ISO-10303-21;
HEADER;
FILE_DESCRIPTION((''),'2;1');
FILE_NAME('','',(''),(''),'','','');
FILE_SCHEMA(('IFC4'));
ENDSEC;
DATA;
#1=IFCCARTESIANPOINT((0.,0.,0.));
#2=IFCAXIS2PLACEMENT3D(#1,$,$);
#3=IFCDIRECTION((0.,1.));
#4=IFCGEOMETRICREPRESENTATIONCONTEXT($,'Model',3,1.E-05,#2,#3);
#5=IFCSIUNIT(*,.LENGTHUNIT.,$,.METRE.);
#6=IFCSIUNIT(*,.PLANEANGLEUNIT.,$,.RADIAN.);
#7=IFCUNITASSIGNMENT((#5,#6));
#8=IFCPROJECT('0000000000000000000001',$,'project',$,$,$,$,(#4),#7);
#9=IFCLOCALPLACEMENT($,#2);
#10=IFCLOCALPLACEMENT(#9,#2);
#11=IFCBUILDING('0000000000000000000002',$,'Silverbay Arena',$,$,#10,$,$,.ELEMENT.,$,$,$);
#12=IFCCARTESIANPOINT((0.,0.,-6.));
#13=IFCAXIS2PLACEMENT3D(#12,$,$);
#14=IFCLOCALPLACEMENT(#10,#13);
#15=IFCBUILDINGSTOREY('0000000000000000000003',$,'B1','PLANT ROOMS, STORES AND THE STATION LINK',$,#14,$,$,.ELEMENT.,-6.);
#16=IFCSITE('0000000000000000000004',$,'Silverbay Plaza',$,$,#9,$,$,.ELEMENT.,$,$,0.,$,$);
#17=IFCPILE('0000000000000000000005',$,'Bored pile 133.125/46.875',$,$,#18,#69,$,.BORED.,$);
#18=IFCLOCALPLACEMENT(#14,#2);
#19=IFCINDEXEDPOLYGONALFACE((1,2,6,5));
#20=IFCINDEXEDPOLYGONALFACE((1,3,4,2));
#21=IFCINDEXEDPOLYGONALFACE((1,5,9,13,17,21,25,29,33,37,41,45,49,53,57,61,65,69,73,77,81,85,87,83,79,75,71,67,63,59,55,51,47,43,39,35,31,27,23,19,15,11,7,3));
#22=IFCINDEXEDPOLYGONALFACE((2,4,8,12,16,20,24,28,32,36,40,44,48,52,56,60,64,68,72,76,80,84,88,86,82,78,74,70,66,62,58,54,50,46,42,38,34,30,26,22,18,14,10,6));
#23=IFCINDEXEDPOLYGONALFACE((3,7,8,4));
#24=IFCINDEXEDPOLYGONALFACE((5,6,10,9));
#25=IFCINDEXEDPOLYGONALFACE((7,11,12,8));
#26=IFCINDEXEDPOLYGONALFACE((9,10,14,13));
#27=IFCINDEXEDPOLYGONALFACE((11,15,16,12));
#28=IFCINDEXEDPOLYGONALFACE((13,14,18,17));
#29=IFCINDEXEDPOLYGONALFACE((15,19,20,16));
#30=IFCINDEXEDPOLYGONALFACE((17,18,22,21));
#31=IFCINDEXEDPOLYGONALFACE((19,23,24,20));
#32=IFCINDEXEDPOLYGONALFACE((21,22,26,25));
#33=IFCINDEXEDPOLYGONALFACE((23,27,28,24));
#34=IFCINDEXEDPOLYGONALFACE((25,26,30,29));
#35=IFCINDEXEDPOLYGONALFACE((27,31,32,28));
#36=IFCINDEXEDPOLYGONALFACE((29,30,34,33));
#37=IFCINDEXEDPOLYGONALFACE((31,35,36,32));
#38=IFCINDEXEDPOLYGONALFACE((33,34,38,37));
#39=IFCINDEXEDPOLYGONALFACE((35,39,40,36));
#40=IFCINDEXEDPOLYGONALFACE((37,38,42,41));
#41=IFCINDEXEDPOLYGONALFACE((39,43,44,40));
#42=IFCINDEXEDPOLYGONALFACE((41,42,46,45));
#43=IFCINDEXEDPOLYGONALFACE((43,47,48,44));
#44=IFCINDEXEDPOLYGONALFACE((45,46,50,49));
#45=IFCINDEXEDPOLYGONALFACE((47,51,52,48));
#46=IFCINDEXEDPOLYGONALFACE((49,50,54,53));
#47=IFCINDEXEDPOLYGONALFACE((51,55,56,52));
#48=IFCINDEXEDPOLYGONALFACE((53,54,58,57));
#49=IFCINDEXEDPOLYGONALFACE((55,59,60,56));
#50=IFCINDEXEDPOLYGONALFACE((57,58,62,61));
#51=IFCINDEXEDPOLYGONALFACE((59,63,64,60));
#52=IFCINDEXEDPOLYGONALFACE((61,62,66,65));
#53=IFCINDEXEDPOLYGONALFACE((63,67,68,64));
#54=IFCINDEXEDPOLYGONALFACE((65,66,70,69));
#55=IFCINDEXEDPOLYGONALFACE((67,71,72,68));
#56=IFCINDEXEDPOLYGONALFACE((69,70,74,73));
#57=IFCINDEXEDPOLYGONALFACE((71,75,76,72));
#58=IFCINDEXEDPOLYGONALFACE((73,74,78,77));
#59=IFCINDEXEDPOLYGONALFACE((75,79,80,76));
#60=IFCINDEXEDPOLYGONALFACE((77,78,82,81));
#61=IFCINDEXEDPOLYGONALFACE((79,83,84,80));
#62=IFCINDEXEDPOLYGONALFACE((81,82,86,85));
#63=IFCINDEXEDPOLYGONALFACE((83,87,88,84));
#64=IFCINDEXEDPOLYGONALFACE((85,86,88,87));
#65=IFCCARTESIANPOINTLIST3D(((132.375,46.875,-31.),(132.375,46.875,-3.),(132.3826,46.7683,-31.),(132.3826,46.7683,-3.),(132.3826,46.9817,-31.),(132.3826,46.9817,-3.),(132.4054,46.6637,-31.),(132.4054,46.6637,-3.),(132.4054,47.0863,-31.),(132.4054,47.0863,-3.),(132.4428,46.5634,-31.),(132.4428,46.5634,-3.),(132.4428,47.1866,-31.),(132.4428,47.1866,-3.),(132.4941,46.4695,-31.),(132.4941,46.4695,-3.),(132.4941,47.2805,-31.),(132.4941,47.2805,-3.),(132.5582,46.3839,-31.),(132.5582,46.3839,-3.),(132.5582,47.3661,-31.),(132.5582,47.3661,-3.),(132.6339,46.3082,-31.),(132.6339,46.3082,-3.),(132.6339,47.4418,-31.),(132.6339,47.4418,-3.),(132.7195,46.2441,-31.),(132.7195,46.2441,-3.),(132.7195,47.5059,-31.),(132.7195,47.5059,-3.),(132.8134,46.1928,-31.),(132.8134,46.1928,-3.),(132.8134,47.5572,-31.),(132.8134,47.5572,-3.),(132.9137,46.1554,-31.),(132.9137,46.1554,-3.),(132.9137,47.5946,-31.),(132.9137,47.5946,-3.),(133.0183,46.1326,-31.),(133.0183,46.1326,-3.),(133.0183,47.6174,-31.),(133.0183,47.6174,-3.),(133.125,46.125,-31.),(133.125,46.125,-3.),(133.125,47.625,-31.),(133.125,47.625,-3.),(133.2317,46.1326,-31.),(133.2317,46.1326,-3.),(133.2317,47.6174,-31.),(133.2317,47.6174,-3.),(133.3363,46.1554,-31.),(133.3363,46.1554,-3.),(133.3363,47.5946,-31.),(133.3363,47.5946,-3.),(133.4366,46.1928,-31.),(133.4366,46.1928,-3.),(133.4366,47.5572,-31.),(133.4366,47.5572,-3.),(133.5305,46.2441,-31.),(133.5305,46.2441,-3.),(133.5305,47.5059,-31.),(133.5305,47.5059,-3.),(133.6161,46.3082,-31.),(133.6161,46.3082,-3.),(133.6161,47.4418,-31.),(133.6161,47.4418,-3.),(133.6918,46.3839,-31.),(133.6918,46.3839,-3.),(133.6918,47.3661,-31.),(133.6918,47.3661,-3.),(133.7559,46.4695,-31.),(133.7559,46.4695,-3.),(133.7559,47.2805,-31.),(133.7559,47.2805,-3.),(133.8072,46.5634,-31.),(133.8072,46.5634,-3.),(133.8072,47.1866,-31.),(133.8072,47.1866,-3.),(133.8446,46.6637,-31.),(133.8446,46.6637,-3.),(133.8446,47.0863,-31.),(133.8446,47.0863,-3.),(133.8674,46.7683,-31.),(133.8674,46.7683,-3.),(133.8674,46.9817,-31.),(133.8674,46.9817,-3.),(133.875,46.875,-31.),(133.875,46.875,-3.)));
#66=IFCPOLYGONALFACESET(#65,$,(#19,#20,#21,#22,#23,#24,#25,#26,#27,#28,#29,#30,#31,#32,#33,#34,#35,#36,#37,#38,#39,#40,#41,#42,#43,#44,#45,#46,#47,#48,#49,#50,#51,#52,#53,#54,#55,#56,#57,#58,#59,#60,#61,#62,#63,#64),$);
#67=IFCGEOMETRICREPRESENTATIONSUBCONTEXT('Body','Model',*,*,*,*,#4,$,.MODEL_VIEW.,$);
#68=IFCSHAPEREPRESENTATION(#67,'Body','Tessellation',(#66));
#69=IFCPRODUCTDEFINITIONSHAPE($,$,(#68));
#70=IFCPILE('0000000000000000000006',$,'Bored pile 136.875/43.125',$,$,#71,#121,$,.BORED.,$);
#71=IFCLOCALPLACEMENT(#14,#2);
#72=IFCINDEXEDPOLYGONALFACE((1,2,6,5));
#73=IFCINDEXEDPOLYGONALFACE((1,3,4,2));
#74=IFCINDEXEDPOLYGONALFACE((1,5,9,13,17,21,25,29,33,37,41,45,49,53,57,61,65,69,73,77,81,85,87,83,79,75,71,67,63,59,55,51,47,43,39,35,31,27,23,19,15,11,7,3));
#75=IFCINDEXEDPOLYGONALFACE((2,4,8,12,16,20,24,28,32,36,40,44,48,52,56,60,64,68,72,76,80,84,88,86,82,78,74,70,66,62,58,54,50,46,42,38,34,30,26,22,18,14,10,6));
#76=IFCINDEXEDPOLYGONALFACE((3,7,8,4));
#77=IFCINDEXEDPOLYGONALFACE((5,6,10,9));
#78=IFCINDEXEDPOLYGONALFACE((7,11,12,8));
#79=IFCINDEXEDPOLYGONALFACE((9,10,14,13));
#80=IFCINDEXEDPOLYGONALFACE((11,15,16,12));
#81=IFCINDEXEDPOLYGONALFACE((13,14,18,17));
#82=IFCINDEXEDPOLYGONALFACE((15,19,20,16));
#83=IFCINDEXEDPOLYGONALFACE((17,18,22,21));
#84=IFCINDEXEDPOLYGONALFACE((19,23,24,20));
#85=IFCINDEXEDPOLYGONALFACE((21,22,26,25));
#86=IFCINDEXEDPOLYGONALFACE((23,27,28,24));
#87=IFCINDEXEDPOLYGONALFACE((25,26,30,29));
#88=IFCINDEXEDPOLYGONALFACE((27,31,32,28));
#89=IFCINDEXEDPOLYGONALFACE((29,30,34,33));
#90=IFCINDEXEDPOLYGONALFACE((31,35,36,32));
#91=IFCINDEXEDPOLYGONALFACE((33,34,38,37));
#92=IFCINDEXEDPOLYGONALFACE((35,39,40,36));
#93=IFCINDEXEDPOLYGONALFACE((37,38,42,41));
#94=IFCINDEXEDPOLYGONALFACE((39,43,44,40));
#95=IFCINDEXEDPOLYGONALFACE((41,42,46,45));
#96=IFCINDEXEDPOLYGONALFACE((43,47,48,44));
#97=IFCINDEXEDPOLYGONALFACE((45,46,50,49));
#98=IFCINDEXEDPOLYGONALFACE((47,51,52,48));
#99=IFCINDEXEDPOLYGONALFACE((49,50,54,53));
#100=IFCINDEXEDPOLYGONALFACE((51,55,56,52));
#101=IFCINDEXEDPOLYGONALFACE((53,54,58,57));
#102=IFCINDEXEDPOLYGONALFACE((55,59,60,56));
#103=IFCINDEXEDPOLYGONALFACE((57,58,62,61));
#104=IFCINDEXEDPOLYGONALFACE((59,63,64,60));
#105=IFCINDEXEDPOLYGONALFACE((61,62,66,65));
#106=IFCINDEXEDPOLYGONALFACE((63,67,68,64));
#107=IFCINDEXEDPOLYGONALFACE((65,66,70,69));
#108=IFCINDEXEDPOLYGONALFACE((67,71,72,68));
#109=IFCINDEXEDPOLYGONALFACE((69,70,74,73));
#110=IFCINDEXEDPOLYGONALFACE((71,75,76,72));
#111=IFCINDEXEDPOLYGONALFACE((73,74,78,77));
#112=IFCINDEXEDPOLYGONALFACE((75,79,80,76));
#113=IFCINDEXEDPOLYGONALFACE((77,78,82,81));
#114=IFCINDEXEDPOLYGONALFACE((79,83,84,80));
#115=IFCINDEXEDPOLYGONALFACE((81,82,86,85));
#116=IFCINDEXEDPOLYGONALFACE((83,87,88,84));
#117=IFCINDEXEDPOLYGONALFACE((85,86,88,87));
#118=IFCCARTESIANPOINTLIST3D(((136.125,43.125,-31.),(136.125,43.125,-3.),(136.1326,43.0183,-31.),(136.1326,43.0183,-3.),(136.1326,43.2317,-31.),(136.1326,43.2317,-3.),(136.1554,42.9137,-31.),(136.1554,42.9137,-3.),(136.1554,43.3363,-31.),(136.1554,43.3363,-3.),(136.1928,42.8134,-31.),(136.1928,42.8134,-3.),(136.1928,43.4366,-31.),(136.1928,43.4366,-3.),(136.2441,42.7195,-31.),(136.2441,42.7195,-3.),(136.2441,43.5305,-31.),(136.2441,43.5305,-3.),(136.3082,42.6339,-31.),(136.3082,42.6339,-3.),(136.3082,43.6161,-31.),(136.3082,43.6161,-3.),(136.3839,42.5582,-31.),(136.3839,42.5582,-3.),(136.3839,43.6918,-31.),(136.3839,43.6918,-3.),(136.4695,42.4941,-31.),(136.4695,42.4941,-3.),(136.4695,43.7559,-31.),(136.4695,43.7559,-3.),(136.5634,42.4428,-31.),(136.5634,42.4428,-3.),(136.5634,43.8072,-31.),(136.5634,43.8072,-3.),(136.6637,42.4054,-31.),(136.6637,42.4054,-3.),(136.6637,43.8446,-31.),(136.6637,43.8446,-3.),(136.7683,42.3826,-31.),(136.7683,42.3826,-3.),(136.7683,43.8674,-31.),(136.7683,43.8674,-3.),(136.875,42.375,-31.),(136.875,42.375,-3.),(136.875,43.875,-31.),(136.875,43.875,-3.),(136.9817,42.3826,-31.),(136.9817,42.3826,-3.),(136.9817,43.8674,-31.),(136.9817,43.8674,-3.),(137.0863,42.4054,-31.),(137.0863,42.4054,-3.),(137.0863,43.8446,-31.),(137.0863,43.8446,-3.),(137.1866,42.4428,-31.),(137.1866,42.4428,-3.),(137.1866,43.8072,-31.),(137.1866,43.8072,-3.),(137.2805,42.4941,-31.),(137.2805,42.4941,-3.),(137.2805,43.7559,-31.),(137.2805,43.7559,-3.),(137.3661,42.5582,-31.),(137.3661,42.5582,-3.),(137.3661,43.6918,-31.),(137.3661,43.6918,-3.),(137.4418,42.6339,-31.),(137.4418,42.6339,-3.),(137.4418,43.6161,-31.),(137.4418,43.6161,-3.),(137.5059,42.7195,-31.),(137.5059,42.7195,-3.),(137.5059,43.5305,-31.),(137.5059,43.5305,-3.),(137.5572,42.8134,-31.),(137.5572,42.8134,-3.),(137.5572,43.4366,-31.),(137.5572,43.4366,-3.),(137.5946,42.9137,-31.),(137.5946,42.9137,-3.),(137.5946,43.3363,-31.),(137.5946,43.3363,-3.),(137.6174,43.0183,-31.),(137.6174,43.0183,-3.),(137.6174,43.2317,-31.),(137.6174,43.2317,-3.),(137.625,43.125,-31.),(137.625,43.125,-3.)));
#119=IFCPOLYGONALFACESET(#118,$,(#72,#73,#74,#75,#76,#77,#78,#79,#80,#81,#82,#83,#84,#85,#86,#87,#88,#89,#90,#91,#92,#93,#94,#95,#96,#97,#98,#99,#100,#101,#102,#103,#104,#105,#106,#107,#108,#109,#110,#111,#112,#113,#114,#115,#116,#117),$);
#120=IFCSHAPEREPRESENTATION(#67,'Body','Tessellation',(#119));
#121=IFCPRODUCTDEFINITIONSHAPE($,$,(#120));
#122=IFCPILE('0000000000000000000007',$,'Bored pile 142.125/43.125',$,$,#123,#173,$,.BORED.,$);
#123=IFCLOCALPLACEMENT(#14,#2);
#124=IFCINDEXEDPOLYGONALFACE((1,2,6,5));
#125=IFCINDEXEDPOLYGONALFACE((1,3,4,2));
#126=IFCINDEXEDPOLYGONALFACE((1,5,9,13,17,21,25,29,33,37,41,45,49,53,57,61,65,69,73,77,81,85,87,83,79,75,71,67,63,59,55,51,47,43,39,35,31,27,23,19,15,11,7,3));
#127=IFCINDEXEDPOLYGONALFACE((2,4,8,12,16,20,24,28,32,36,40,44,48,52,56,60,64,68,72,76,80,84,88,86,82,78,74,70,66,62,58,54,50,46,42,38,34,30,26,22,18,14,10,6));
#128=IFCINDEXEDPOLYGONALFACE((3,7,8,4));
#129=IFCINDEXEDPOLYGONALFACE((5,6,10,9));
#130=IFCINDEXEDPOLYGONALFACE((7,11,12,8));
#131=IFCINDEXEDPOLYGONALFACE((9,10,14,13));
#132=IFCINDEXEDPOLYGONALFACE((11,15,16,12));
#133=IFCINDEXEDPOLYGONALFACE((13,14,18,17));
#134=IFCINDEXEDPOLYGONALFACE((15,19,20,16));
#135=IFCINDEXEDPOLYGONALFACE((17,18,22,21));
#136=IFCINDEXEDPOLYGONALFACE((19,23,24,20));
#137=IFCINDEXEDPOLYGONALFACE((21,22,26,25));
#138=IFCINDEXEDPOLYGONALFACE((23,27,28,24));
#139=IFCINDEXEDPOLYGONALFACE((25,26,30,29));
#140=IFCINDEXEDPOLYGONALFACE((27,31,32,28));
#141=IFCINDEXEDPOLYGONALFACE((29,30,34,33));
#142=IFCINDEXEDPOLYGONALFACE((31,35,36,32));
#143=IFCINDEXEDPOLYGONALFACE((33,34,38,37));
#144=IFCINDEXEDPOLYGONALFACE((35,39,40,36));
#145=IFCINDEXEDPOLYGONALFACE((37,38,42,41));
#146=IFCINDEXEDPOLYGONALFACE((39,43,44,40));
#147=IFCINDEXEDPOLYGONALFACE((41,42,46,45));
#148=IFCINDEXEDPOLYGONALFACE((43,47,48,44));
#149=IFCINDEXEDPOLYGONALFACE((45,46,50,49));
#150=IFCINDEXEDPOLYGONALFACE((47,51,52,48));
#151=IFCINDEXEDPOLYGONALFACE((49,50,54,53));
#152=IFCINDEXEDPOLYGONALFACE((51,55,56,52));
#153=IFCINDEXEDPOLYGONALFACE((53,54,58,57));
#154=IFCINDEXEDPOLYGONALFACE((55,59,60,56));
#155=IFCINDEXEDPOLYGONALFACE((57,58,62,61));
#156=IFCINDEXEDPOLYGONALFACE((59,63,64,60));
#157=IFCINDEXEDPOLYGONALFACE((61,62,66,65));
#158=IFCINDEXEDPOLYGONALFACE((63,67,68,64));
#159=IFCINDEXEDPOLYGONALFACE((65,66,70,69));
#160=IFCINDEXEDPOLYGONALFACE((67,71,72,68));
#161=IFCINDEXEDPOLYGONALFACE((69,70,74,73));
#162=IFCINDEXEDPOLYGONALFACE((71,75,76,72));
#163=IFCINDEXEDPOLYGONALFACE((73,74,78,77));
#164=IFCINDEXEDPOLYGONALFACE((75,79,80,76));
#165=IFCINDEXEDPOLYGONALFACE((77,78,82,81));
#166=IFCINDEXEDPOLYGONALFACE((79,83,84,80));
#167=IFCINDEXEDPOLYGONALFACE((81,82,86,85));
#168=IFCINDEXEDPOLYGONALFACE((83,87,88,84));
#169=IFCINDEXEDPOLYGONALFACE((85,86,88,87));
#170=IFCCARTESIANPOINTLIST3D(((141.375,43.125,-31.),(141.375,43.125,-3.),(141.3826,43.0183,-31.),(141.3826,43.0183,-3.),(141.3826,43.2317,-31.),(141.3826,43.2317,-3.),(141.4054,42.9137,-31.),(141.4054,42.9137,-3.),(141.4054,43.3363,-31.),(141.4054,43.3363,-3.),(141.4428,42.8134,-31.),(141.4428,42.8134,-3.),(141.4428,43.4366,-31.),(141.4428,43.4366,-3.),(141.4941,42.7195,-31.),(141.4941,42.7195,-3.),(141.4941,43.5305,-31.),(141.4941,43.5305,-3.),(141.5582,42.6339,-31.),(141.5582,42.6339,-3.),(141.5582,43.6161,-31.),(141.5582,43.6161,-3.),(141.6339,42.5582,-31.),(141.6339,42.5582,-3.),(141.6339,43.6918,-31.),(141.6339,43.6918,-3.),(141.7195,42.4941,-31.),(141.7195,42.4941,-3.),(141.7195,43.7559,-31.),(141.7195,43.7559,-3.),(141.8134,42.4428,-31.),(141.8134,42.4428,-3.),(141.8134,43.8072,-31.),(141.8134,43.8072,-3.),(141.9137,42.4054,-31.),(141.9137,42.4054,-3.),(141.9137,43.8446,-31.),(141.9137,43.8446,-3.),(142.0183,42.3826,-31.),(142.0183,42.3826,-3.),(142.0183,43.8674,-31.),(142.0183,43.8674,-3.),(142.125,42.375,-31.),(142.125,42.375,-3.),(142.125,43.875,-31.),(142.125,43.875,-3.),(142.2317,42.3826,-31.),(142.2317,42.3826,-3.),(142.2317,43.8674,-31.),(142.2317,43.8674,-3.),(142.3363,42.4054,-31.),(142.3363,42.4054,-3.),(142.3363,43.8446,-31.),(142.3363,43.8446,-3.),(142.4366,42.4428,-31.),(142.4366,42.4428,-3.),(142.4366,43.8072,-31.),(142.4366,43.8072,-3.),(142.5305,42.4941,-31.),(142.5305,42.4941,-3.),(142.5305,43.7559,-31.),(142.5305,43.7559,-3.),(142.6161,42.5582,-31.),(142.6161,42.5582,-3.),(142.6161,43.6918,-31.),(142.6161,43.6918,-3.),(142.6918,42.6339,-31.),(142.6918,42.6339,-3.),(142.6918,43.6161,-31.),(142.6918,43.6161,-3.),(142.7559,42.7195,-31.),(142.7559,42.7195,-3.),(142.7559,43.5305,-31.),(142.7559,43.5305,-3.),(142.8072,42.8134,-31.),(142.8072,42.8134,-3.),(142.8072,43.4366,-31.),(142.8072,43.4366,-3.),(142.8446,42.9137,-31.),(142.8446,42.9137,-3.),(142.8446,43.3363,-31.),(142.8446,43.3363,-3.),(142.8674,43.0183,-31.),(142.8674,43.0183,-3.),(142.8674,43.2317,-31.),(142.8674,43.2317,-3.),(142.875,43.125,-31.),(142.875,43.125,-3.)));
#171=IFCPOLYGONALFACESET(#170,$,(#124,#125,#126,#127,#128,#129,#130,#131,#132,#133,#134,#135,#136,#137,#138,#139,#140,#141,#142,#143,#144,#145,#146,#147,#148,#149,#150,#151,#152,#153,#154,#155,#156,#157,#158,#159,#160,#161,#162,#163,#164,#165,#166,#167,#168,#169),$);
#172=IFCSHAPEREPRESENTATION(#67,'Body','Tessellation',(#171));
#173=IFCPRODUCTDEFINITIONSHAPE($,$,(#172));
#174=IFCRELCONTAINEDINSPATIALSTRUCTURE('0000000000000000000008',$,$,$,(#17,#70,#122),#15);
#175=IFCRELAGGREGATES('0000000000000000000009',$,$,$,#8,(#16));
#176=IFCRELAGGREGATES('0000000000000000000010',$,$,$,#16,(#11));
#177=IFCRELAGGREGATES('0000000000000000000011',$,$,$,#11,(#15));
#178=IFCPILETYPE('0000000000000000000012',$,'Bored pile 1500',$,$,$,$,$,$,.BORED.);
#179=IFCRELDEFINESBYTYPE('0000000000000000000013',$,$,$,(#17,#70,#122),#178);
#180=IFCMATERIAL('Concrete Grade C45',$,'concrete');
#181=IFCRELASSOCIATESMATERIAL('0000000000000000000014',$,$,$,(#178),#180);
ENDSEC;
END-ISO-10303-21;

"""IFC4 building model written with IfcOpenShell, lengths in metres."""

from ifc_helpers import new_model, si_unit, direction, frame, origin, origin_2d, place, context, subcontext, project, spatial, circle, extrude, material, material_profile, profile_set, type_object, element, save


model = new_model("IFC4")

# Units and contexts
model_context = context("Model", 3, precision=1e-05, world=origin(), true_north=direction((0.0, 1.0)))
body_context = subcontext(model_context, "Body", "Model", "MODEL_VIEW")
ifc_project = project(units=[si_unit("LENGTHUNIT", "METRE"), si_unit("PLANEANGLEUNIT", "RADIAN")], contexts=[model_context])

# Site, building, storey
site_placement = place(None, origin())
site = spatial("IfcSite", under=ifc_project, at=site_placement, Name="Silverbay Plaza", CompositionType="ELEMENT", RefElevation=0.0)
building_placement = place(site_placement, origin())
building = spatial("IfcBuilding", under=site, at=building_placement, Name="Silverbay Arena", CompositionType="ELEMENT")
storey_placement = place(building_placement, frame((0.0, 0.0, -6.0)))
storey = spatial("IfcBuildingStorey", under=building, at=storey_placement, Name="B1", Description="PLANT ROOMS, STORES AND THE STATION LINK", CompositionType="ELEMENT", Elevation=-6.0)

# Piles
ifc_material_1 = material(Name="Concrete Grade C45", Category="concrete")
ifc_material_profile_1 = material_profile(ifc_material_1, circle(Radius=0.75, at=origin_2d()), Name="Bored pile 1500")
ifc_profile_set_1 = profile_set([ifc_material_profile_1], Name="Concrete Grade C45")
pile_type = type_object("IfcPileType", Name="Bored pile 1500", PredefinedType="BORED", material=ifc_profile_set_1)
for number, where, z_axis, x_axis, name in (
    (1, (133.125, 46.875, -3.0), (0.0, 0.0, -1.0), (1.0, 0.0, 0.0), "Bored pile 133.125/46.875"),
    (2, (136.875, 43.125, -3.0), (0.0, 0.0, -1.0), (1.0, 0.0, 0.0), "Bored pile 136.875/43.125"),
    (3, (142.125, 43.125, -3.0), (0.0, 0.0, -1.0), (1.0, 0.0, 0.0), "Bored pile 142.125/43.125"),
):
    element("IfcPile", number, at=place(storey_placement, frame(where, z_axis=z_axis, x_axis=x_axis)), inside=storey, type_object=pile_type, Name=name, PredefinedType="BORED", context=body_context, shape_type="SweptSolid", body=[
        extrude(circle(Radius=0.75, at=origin_2d()), origin(), (0.0, 0.0, 1.0), 28.0),
    ])

save(model, "model.ifc")
